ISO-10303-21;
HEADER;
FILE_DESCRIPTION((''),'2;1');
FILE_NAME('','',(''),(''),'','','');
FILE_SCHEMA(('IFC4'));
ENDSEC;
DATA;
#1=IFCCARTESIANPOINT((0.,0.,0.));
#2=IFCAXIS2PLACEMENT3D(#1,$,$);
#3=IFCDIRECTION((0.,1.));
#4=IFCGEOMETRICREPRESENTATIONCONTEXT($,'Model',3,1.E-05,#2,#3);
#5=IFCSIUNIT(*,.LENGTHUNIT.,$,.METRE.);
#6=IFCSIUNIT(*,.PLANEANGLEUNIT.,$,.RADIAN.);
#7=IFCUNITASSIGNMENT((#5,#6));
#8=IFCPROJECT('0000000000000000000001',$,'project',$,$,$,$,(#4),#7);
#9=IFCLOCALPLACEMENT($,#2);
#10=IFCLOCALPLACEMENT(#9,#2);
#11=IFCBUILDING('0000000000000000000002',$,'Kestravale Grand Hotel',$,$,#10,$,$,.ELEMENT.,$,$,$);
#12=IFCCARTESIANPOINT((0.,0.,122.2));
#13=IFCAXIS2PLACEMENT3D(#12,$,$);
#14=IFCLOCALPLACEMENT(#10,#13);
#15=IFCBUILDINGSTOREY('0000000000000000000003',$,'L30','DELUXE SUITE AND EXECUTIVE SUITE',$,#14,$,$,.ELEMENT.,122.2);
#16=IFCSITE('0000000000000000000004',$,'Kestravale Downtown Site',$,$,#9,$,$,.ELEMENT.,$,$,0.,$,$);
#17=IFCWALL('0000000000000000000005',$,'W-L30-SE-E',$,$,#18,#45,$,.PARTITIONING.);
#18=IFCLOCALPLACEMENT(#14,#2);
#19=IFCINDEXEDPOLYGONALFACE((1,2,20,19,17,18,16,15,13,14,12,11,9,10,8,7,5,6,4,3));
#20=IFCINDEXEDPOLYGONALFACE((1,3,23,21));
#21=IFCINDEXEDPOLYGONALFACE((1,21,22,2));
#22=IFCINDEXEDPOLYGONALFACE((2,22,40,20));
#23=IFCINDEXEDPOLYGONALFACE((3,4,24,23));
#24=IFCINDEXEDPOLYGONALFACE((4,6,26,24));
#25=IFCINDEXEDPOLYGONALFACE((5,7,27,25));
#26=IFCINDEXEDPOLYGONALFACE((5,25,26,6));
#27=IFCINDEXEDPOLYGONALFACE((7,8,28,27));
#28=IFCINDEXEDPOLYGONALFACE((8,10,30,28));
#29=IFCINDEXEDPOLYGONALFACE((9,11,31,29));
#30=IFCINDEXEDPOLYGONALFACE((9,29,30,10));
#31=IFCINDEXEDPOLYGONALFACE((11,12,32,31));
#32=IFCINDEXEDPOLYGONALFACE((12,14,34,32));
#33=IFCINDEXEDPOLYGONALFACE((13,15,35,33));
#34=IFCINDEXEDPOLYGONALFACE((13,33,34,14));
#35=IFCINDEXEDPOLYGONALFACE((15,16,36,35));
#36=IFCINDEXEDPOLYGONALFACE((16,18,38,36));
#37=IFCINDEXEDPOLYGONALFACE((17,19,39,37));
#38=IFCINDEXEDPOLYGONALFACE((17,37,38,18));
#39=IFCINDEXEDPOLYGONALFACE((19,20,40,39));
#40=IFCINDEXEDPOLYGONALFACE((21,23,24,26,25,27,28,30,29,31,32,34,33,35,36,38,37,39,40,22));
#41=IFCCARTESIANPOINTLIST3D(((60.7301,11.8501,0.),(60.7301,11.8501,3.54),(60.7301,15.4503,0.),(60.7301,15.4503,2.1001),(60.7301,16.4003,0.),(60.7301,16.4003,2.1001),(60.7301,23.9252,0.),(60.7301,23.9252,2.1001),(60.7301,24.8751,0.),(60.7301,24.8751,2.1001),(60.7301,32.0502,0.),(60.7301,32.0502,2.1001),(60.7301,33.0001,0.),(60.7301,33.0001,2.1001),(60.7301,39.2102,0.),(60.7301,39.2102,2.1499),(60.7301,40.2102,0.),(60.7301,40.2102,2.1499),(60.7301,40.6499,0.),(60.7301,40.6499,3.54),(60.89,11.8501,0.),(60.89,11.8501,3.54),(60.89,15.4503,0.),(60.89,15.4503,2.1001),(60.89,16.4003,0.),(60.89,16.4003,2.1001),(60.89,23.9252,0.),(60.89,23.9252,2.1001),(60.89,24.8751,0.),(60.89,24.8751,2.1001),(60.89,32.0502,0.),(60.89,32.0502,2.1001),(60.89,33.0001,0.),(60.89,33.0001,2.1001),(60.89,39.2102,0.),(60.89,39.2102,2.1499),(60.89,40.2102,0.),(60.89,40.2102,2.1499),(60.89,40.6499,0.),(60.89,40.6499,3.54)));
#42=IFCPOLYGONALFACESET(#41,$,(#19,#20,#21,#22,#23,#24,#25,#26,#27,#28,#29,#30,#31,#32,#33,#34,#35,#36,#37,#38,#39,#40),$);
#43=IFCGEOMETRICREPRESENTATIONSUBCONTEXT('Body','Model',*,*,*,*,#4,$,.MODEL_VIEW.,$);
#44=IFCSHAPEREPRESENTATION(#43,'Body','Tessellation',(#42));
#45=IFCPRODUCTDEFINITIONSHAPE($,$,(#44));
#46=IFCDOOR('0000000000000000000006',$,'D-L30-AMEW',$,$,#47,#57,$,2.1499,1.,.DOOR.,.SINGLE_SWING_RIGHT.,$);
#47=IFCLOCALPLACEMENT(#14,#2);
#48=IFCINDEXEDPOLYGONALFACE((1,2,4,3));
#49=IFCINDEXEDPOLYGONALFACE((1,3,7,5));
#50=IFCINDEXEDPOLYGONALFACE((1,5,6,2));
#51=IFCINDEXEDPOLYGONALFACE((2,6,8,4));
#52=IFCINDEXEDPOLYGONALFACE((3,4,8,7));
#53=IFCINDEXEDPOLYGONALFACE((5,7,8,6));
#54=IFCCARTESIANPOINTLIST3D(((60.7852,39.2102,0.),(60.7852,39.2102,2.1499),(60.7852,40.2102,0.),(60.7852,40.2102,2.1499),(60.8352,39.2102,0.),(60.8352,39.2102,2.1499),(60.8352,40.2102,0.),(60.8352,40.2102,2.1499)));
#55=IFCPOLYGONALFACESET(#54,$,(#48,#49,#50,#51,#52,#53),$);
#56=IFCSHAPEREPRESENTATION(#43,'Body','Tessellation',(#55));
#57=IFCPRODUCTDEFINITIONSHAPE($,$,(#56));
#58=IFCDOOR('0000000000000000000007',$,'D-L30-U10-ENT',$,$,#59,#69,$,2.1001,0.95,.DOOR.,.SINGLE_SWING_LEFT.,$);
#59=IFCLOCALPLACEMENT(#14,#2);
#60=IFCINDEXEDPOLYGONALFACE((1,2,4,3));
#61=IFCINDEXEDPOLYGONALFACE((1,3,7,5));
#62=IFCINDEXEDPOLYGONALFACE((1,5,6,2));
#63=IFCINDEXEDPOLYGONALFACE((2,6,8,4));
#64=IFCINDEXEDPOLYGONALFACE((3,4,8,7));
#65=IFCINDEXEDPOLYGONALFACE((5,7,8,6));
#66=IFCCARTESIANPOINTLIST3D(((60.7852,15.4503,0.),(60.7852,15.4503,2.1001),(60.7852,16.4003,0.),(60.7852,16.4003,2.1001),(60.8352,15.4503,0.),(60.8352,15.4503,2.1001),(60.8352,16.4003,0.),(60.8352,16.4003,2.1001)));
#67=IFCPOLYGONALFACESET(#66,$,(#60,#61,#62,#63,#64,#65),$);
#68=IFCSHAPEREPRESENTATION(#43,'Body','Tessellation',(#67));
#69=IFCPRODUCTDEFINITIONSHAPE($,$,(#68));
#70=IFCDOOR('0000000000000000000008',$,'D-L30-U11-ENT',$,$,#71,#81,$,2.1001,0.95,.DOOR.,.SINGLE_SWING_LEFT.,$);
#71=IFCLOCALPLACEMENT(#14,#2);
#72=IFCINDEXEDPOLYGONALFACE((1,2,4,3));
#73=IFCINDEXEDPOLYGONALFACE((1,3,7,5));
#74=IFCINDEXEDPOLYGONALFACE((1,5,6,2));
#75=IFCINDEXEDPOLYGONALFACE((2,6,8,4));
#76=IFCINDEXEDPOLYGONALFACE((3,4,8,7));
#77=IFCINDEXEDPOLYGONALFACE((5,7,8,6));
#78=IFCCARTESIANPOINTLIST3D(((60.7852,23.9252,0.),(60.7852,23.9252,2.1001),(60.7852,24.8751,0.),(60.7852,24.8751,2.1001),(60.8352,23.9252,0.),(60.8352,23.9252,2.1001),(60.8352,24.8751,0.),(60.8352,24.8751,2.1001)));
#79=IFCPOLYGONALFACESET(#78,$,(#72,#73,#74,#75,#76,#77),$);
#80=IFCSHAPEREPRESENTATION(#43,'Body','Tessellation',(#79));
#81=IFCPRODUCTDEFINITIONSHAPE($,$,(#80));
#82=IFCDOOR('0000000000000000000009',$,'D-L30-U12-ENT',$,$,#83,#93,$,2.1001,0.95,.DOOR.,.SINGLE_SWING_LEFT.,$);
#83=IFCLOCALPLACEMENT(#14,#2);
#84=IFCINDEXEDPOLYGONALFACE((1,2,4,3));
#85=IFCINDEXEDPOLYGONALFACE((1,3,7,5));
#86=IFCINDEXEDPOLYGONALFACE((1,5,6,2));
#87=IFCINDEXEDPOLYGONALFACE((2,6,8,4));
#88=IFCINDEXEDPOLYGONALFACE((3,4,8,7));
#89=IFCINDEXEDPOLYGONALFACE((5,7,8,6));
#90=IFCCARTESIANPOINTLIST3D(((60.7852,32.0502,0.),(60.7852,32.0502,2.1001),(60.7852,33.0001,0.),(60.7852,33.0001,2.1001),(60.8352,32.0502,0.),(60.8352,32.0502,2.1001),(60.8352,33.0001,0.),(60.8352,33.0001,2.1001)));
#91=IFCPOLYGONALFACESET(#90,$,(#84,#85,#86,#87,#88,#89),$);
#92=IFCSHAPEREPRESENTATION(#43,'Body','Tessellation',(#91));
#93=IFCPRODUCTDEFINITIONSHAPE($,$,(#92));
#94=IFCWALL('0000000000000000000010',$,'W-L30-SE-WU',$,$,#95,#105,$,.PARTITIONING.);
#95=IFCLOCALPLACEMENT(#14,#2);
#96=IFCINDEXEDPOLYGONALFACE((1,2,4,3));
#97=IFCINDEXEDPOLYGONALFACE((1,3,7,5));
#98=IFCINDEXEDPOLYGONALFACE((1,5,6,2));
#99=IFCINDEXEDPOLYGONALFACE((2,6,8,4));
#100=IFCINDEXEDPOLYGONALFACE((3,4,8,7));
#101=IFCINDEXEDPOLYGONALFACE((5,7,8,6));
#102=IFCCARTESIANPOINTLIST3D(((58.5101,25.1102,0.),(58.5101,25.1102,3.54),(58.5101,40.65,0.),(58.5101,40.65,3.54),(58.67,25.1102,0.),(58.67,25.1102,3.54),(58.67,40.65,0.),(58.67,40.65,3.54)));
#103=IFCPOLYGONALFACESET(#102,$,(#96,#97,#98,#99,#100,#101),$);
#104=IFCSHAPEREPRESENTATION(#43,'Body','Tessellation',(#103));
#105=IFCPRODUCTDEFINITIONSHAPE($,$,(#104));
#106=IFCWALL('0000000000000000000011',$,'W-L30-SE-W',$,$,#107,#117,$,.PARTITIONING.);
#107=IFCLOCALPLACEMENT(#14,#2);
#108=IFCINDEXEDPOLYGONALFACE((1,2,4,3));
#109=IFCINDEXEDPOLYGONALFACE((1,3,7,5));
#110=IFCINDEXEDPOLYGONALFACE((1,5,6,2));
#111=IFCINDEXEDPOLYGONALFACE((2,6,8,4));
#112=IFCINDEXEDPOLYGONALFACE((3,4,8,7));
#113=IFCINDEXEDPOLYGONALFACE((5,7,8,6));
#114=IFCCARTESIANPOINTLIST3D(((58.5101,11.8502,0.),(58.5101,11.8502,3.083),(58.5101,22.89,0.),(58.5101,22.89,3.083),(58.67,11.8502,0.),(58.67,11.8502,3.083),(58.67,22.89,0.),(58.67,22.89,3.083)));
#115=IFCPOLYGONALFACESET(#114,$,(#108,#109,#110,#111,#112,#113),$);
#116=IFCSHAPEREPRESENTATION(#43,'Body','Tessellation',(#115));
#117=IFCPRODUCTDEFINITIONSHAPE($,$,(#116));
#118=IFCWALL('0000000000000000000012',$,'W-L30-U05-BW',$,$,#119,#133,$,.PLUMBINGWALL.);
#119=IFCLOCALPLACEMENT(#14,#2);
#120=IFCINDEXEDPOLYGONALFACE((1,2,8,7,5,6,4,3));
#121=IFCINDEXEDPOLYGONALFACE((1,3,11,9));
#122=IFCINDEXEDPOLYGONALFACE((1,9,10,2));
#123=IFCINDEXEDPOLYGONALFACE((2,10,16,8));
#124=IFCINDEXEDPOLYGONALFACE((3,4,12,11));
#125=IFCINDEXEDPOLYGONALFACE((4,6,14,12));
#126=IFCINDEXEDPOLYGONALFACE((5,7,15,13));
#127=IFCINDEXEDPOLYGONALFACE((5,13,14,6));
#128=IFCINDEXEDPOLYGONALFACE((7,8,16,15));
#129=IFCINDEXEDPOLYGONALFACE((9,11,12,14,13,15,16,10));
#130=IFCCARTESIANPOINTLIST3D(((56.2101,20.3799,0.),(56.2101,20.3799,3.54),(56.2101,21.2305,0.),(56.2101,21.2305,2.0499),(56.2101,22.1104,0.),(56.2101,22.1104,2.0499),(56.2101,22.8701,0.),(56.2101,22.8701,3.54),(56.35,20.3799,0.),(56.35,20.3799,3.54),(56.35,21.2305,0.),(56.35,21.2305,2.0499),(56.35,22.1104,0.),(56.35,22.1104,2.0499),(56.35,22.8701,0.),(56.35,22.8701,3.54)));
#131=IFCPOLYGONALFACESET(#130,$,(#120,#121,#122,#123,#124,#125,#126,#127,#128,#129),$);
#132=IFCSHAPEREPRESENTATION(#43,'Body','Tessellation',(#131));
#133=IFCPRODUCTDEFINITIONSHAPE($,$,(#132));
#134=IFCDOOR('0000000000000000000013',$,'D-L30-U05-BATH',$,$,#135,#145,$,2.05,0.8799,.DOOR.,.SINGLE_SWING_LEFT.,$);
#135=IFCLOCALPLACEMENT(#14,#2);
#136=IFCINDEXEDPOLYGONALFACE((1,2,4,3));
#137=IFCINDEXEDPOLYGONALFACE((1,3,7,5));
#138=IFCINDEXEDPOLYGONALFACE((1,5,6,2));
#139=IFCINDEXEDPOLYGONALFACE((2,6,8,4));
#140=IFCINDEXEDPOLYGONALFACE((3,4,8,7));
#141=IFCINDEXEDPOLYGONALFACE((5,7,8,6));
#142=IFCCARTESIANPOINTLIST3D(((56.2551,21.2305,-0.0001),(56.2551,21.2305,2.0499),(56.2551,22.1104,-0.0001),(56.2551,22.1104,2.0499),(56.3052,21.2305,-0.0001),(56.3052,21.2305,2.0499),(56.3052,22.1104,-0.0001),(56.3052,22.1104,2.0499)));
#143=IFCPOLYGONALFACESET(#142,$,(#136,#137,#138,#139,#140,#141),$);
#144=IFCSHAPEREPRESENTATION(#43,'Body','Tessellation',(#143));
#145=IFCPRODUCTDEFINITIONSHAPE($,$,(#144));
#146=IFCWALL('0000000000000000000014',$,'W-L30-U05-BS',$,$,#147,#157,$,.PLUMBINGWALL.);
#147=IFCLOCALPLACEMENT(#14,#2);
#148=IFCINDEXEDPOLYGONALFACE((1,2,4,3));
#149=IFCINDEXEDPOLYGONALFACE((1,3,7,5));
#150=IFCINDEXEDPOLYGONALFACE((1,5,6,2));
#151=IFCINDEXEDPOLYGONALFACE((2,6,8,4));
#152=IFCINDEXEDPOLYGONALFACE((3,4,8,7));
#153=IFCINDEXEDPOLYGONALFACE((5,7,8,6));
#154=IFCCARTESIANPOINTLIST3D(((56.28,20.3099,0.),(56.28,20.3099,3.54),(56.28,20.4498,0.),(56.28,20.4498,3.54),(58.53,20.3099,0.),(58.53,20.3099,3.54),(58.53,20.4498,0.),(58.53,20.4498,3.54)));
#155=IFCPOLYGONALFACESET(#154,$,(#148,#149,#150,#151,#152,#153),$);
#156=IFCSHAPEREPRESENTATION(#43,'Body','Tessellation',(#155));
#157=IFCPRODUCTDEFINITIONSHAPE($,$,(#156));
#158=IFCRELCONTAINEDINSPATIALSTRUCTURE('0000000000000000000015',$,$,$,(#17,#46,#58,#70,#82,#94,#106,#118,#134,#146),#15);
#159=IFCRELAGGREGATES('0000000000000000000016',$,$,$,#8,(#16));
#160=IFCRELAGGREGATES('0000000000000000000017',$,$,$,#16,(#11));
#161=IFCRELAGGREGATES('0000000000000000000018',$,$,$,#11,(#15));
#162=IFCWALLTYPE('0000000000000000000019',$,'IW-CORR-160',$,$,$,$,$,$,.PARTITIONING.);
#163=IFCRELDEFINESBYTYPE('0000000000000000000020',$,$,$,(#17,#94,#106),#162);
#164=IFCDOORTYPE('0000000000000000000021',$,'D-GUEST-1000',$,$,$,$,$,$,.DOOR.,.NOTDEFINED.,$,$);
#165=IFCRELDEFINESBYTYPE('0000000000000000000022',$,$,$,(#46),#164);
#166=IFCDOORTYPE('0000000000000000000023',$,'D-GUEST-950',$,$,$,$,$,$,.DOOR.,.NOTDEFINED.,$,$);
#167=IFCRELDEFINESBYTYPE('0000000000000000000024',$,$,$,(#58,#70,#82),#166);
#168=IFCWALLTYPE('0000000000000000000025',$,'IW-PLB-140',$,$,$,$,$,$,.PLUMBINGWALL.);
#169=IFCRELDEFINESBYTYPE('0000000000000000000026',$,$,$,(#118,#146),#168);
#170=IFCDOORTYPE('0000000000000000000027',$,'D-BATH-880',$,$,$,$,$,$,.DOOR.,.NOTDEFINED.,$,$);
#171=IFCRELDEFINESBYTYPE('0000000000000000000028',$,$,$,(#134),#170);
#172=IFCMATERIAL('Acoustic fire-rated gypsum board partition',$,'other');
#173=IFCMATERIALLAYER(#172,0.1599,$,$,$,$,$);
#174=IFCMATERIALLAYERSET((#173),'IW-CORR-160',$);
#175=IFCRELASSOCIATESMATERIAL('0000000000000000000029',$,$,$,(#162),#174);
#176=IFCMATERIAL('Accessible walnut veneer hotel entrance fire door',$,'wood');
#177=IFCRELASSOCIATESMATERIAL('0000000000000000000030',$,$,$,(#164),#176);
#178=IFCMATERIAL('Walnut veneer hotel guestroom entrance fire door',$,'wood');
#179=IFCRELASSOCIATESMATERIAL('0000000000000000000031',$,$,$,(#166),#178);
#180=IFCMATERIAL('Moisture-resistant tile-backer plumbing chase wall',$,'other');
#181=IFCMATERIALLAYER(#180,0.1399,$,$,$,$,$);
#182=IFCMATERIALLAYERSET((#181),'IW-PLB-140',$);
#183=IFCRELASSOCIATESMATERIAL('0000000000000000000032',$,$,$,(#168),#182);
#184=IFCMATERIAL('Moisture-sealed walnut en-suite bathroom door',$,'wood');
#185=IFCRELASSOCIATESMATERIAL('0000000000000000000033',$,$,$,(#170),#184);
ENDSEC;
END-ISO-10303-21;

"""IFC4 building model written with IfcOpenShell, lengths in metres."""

from ifc_helpers import new_model, si_unit, direction, frame, frame_2d, origin, place, context, subcontext, project, spatial, rectangle, extrude, material, layer, layer_set, type_object, element, fill, save


model = new_model("IFC4")

# Units and contexts
model_context = context("Model", 3, precision=1e-05, world=origin(), true_north=direction((0.0, 1.0)))
body_context = subcontext(model_context, "Body", "Model", "MODEL_VIEW")
ifc_project = project(units=[si_unit("LENGTHUNIT", "METRE"), si_unit("PLANEANGLEUNIT", "RADIAN")], contexts=[model_context])

# Site, building, storey
site_placement = place(None, origin())
site = spatial("IfcSite", under=ifc_project, at=site_placement, Name="Kestravale Downtown Site", CompositionType="ELEMENT", RefElevation=0.0)
building_placement = place(site_placement, origin())
building = spatial("IfcBuilding", under=site, at=building_placement, Name="Kestravale Grand Hotel", CompositionType="ELEMENT")
storey_placement = place(building_placement, frame((0.0, 0.0, 122.2)))
storey = spatial("IfcBuildingStorey", under=building, at=storey_placement, Name="L30", Description="DELUXE SUITE AND EXECUTIVE SUITE", CompositionType="ELEMENT", Elevation=122.2)

# Wall, openings, doors
ifc_material_1 = material(Name="Acoustic fire-rated gypsum board partition", Category="other")
ifc_layer_1 = layer(ifc_material_1, 0.1599)
ifc_layer_set_1 = layer_set([ifc_layer_1], Name="IW-CORR-160")
wall_type_1 = type_object("IfcWallType", Name="IW-CORR-160", PredefinedType="PARTITIONING", material=ifc_layer_set_1)
wall_1_placement = place(storey_placement, frame((60.8101, 11.8501, 0.0), z_axis=(0.0, 0.0, 1.0), x_axis=(0.0, 1.0, 0.0)))
wall_1 = element("IfcWall", 1, at=wall_1_placement, inside=storey, type_object=wall_type_1, Name="W-L30-SE-E", PredefinedType="PARTITIONING", context=body_context, shape_type="SweptSolid", body=[
    extrude(rectangle(XDim=28.7998, YDim=0.1599, at=frame_2d((14.3999, 0.0))), origin(), (0.0, 0.0, 1.0), 3.54),
])
opening_1_placement = place(wall_1_placement, frame((3.6001, 0.0, 0.0)))
opening_1 = element("IfcOpeningElement", 2, at=opening_1_placement, cuts=wall_1, PredefinedType="OPENING", context=body_context, shape_type="SweptSolid", body=[
    extrude(rectangle(XDim=0.95, YDim=2.1001, at=frame_2d((0.4751, 1.05))), frame((0.0, 0.0898, 0.0), z_axis=(0.0, -1.0, 0.0), x_axis=(1.0, 0.0, 0.0)), (0.0, 0.0, 1.0), 0.1799),
])
opening_2_placement = place(wall_1_placement, frame((12.075, 0.0, 0.0)))
opening_2 = element("IfcOpeningElement", 3, at=opening_2_placement, cuts=wall_1, PredefinedType="OPENING", context=body_context, shape_type="SweptSolid", body=[
    extrude(rectangle(XDim=0.95, YDim=2.1001, at=frame_2d((0.4751, 1.05))), frame((0.0, 0.0898, 0.0), z_axis=(0.0, -1.0, 0.0), x_axis=(1.0, 0.0, 0.0)), (0.0, 0.0, 1.0), 0.1799),
])
opening_3_placement = place(wall_1_placement, frame((20.2, 0.0, 0.0)))
opening_3 = element("IfcOpeningElement", 4, at=opening_3_placement, cuts=wall_1, PredefinedType="OPENING", context=body_context, shape_type="SweptSolid", body=[
    extrude(rectangle(XDim=0.95, YDim=2.1001, at=frame_2d((0.4751, 1.05))), frame((0.0, 0.0898, 0.0), z_axis=(0.0, -1.0, 0.0), x_axis=(1.0, 0.0, 0.0)), (0.0, 0.0, 1.0), 0.1799),
])
opening_4_placement = place(wall_1_placement, frame((27.3601, 0.0, 0.0)))
opening_4 = element("IfcOpeningElement", 5, at=opening_4_placement, cuts=wall_1, PredefinedType="OPENING", context=body_context, shape_type="SweptSolid", body=[
    extrude(rectangle(XDim=1.0, YDim=2.1499, at=frame_2d((0.5, 1.075))), frame((0.0, 0.0898, 0.0), z_axis=(0.0, -1.0, 0.0), x_axis=(1.0, 0.0, 0.0)), (0.0, 0.0, 1.0), 0.1799),
])
ifc_material_2 = material(Name="Accessible walnut veneer hotel entrance fire door", Category="wood")
door_type_1 = type_object("IfcDoorType", Name="D-GUEST-1000", OperationType="NOTDEFINED", PredefinedType="DOOR", material=ifc_material_2)
door_1_placement = place(opening_4_placement, origin())
door_1 = element("IfcDoor", 6, at=door_1_placement, inside=storey, type_object=door_type_1, Name="D-L30-AMEW", OperationType="SINGLE_SWING_RIGHT", OverallHeight=2.1499, OverallWidth=1.0, PredefinedType="DOOR", context=body_context, shape_type="SweptSolid", body=[
    extrude(rectangle(XDim=1.0, YDim=2.1499, at=frame_2d((0.5, 1.075))), frame((0.0, 0.0249, 0.0), z_axis=(0.0, -1.0, 0.0), x_axis=(1.0, 0.0, 0.0)), (0.0, 0.0, 1.0), 0.05),
])
fill(opening_4, door_1)
ifc_material_3 = material(Name="Walnut veneer hotel guestroom entrance fire door", Category="wood")
door_type_2 = type_object("IfcDoorType", Name="D-GUEST-950", OperationType="NOTDEFINED", PredefinedType="DOOR", material=ifc_material_3)
door_2_placement = place(opening_1_placement, origin())
door_2 = element("IfcDoor", 7, at=door_2_placement, inside=storey, type_object=door_type_2, Name="D-L30-U10-ENT", OperationType="SINGLE_SWING_LEFT", OverallHeight=2.1001, OverallWidth=0.95, PredefinedType="DOOR", context=body_context, shape_type="SweptSolid", body=[
    extrude(rectangle(XDim=0.95, YDim=2.1001, at=frame_2d((0.4751, 1.05))), frame((0.0, 0.0249, 0.0), z_axis=(0.0, -1.0, 0.0), x_axis=(1.0, 0.0, 0.0)), (0.0, 0.0, 1.0), 0.05),
])
fill(opening_1, door_2)
door_3_placement = place(opening_2_placement, origin())
door_3 = element("IfcDoor", 8, at=door_3_placement, inside=storey, type_object=door_type_2, Name="D-L30-U11-ENT", OperationType="SINGLE_SWING_LEFT", OverallHeight=2.1001, OverallWidth=0.95, PredefinedType="DOOR", context=body_context, shape_type="SweptSolid", body=[
    extrude(rectangle(XDim=0.95, YDim=2.1001, at=frame_2d((0.4751, 1.05))), frame((0.0, 0.0249, 0.0), z_axis=(0.0, -1.0, 0.0), x_axis=(1.0, 0.0, 0.0)), (0.0, 0.0, 1.0), 0.05),
])
fill(opening_2, door_3)
door_4_placement = place(opening_3_placement, origin())
door_4 = element("IfcDoor", 9, at=door_4_placement, inside=storey, type_object=door_type_2, Name="D-L30-U12-ENT", OperationType="SINGLE_SWING_LEFT", OverallHeight=2.1001, OverallWidth=0.95, PredefinedType="DOOR", context=body_context, shape_type="SweptSolid", body=[
    extrude(rectangle(XDim=0.95, YDim=2.1001, at=frame_2d((0.4751, 1.05))), frame((0.0, 0.0249, 0.0), z_axis=(0.0, -1.0, 0.0), x_axis=(1.0, 0.0, 0.0)), (0.0, 0.0, 1.0), 0.05),
])
fill(opening_3, door_4)

# Walls
wall_2_placement = place(storey_placement, frame((58.5901, 25.1101, 0.0), z_axis=(0.0, 0.0, 1.0), x_axis=(0.0, 1.0, 0.0)))
element("IfcWall", 10, at=wall_2_placement, inside=storey, type_object=wall_type_1, Name="W-L30-SE-WU", PredefinedType="PARTITIONING", context=body_context, shape_type="SweptSolid", body=[
    extrude(rectangle(XDim=15.5398, YDim=0.1599, at=frame_2d((7.77, 0.0))), origin(), (0.0, 0.0, 1.0), 3.54),
])
wall_3_placement = place(storey_placement, frame((58.5901, 11.8501, 0.0), z_axis=(0.0, 0.0, 1.0), x_axis=(0.0, 1.0, 0.0)))
element("IfcWall", 11, at=wall_3_placement, inside=storey, type_object=wall_type_1, Name="W-L30-SE-W", PredefinedType="PARTITIONING", context=body_context, shape_type="SweptSolid", body=[
    extrude(rectangle(XDim=11.0398, YDim=0.1599, at=frame_2d((5.52, 0.0))), origin(), (0.0, 0.0, 1.0), 3.083),
])

# Wall, opening, door
ifc_material_4 = material(Name="Moisture-resistant tile-backer plumbing chase wall", Category="other")
ifc_layer_2 = layer(ifc_material_4, 0.1399)
ifc_layer_set_2 = layer_set([ifc_layer_2], Name="IW-PLB-140")
wall_type_2 = type_object("IfcWallType", Name="IW-PLB-140", PredefinedType="PLUMBINGWALL", material=ifc_layer_set_2)
wall_4_placement = place(storey_placement, frame((56.28, 20.3799, 0.0), z_axis=(0.0, 0.0, 1.0), x_axis=(0.0, 1.0, 0.0)))
wall_4 = element("IfcWall", 12, at=wall_4_placement, inside=storey, type_object=wall_type_2, Name="W-L30-U05-BW", PredefinedType="PLUMBINGWALL", context=body_context, shape_type="SweptSolid", body=[
    extrude(rectangle(XDim=2.4902, YDim=0.1399, at=frame_2d((1.2451, 0.0))), origin(), (0.0, 0.0, 1.0), 3.54),
])
opening_5_placement = place(wall_4_placement, frame((0.8506, 0.0, 0.0)))
opening_5 = element("IfcOpeningElement", 13, at=opening_5_placement, cuts=wall_4, PredefinedType="OPENING", context=body_context, shape_type="SweptSolid", body=[
    extrude(rectangle(XDim=0.8799, YDim=2.05, at=frame_2d((0.4399, 1.0249))), frame((0.0, 0.0798, 0.0), z_axis=(0.0, -1.0, 0.0), x_axis=(1.0, 0.0, 0.0)), (0.0, 0.0, 1.0), 0.1599),
])
ifc_material_5 = material(Name="Moisture-sealed walnut en-suite bathroom door", Category="wood")
door_type_3 = type_object("IfcDoorType", Name="D-BATH-880", OperationType="NOTDEFINED", PredefinedType="DOOR", material=ifc_material_5)
door_5_placement = place(opening_5_placement, origin())
door_5 = element("IfcDoor", 14, at=door_5_placement, inside=storey, type_object=door_type_3, Name="D-L30-U05-BATH", OperationType="SINGLE_SWING_LEFT", OverallHeight=2.05, OverallWidth=0.8799, PredefinedType="DOOR", context=body_context, shape_type="SweptSolid", body=[
    extrude(rectangle(XDim=0.8799, YDim=2.05, at=frame_2d((0.4399, 1.0249))), frame((0.0, 0.0249, 0.0), z_axis=(0.0, -1.0, 0.0), x_axis=(1.0, 0.0, 0.0)), (0.0, 0.0, 1.0), 0.05),
])
fill(opening_5, door_5)

# Wall
wall_5_placement = place(storey_placement, frame((56.28, 20.3799, 0.0), z_axis=(0.0, 0.0, 1.0), x_axis=(1.0, 0.0, 0.0)))
element("IfcWall", 15, at=wall_5_placement, inside=storey, type_object=wall_type_2, Name="W-L30-U05-BS", PredefinedType="PLUMBINGWALL", context=body_context, shape_type="SweptSolid", body=[
    extrude(rectangle(XDim=2.25, YDim=0.1399, at=frame_2d((1.125, 0.0))), origin(), (0.0, 0.0, 1.0), 3.54),
])

save(model, "model.ifc")
